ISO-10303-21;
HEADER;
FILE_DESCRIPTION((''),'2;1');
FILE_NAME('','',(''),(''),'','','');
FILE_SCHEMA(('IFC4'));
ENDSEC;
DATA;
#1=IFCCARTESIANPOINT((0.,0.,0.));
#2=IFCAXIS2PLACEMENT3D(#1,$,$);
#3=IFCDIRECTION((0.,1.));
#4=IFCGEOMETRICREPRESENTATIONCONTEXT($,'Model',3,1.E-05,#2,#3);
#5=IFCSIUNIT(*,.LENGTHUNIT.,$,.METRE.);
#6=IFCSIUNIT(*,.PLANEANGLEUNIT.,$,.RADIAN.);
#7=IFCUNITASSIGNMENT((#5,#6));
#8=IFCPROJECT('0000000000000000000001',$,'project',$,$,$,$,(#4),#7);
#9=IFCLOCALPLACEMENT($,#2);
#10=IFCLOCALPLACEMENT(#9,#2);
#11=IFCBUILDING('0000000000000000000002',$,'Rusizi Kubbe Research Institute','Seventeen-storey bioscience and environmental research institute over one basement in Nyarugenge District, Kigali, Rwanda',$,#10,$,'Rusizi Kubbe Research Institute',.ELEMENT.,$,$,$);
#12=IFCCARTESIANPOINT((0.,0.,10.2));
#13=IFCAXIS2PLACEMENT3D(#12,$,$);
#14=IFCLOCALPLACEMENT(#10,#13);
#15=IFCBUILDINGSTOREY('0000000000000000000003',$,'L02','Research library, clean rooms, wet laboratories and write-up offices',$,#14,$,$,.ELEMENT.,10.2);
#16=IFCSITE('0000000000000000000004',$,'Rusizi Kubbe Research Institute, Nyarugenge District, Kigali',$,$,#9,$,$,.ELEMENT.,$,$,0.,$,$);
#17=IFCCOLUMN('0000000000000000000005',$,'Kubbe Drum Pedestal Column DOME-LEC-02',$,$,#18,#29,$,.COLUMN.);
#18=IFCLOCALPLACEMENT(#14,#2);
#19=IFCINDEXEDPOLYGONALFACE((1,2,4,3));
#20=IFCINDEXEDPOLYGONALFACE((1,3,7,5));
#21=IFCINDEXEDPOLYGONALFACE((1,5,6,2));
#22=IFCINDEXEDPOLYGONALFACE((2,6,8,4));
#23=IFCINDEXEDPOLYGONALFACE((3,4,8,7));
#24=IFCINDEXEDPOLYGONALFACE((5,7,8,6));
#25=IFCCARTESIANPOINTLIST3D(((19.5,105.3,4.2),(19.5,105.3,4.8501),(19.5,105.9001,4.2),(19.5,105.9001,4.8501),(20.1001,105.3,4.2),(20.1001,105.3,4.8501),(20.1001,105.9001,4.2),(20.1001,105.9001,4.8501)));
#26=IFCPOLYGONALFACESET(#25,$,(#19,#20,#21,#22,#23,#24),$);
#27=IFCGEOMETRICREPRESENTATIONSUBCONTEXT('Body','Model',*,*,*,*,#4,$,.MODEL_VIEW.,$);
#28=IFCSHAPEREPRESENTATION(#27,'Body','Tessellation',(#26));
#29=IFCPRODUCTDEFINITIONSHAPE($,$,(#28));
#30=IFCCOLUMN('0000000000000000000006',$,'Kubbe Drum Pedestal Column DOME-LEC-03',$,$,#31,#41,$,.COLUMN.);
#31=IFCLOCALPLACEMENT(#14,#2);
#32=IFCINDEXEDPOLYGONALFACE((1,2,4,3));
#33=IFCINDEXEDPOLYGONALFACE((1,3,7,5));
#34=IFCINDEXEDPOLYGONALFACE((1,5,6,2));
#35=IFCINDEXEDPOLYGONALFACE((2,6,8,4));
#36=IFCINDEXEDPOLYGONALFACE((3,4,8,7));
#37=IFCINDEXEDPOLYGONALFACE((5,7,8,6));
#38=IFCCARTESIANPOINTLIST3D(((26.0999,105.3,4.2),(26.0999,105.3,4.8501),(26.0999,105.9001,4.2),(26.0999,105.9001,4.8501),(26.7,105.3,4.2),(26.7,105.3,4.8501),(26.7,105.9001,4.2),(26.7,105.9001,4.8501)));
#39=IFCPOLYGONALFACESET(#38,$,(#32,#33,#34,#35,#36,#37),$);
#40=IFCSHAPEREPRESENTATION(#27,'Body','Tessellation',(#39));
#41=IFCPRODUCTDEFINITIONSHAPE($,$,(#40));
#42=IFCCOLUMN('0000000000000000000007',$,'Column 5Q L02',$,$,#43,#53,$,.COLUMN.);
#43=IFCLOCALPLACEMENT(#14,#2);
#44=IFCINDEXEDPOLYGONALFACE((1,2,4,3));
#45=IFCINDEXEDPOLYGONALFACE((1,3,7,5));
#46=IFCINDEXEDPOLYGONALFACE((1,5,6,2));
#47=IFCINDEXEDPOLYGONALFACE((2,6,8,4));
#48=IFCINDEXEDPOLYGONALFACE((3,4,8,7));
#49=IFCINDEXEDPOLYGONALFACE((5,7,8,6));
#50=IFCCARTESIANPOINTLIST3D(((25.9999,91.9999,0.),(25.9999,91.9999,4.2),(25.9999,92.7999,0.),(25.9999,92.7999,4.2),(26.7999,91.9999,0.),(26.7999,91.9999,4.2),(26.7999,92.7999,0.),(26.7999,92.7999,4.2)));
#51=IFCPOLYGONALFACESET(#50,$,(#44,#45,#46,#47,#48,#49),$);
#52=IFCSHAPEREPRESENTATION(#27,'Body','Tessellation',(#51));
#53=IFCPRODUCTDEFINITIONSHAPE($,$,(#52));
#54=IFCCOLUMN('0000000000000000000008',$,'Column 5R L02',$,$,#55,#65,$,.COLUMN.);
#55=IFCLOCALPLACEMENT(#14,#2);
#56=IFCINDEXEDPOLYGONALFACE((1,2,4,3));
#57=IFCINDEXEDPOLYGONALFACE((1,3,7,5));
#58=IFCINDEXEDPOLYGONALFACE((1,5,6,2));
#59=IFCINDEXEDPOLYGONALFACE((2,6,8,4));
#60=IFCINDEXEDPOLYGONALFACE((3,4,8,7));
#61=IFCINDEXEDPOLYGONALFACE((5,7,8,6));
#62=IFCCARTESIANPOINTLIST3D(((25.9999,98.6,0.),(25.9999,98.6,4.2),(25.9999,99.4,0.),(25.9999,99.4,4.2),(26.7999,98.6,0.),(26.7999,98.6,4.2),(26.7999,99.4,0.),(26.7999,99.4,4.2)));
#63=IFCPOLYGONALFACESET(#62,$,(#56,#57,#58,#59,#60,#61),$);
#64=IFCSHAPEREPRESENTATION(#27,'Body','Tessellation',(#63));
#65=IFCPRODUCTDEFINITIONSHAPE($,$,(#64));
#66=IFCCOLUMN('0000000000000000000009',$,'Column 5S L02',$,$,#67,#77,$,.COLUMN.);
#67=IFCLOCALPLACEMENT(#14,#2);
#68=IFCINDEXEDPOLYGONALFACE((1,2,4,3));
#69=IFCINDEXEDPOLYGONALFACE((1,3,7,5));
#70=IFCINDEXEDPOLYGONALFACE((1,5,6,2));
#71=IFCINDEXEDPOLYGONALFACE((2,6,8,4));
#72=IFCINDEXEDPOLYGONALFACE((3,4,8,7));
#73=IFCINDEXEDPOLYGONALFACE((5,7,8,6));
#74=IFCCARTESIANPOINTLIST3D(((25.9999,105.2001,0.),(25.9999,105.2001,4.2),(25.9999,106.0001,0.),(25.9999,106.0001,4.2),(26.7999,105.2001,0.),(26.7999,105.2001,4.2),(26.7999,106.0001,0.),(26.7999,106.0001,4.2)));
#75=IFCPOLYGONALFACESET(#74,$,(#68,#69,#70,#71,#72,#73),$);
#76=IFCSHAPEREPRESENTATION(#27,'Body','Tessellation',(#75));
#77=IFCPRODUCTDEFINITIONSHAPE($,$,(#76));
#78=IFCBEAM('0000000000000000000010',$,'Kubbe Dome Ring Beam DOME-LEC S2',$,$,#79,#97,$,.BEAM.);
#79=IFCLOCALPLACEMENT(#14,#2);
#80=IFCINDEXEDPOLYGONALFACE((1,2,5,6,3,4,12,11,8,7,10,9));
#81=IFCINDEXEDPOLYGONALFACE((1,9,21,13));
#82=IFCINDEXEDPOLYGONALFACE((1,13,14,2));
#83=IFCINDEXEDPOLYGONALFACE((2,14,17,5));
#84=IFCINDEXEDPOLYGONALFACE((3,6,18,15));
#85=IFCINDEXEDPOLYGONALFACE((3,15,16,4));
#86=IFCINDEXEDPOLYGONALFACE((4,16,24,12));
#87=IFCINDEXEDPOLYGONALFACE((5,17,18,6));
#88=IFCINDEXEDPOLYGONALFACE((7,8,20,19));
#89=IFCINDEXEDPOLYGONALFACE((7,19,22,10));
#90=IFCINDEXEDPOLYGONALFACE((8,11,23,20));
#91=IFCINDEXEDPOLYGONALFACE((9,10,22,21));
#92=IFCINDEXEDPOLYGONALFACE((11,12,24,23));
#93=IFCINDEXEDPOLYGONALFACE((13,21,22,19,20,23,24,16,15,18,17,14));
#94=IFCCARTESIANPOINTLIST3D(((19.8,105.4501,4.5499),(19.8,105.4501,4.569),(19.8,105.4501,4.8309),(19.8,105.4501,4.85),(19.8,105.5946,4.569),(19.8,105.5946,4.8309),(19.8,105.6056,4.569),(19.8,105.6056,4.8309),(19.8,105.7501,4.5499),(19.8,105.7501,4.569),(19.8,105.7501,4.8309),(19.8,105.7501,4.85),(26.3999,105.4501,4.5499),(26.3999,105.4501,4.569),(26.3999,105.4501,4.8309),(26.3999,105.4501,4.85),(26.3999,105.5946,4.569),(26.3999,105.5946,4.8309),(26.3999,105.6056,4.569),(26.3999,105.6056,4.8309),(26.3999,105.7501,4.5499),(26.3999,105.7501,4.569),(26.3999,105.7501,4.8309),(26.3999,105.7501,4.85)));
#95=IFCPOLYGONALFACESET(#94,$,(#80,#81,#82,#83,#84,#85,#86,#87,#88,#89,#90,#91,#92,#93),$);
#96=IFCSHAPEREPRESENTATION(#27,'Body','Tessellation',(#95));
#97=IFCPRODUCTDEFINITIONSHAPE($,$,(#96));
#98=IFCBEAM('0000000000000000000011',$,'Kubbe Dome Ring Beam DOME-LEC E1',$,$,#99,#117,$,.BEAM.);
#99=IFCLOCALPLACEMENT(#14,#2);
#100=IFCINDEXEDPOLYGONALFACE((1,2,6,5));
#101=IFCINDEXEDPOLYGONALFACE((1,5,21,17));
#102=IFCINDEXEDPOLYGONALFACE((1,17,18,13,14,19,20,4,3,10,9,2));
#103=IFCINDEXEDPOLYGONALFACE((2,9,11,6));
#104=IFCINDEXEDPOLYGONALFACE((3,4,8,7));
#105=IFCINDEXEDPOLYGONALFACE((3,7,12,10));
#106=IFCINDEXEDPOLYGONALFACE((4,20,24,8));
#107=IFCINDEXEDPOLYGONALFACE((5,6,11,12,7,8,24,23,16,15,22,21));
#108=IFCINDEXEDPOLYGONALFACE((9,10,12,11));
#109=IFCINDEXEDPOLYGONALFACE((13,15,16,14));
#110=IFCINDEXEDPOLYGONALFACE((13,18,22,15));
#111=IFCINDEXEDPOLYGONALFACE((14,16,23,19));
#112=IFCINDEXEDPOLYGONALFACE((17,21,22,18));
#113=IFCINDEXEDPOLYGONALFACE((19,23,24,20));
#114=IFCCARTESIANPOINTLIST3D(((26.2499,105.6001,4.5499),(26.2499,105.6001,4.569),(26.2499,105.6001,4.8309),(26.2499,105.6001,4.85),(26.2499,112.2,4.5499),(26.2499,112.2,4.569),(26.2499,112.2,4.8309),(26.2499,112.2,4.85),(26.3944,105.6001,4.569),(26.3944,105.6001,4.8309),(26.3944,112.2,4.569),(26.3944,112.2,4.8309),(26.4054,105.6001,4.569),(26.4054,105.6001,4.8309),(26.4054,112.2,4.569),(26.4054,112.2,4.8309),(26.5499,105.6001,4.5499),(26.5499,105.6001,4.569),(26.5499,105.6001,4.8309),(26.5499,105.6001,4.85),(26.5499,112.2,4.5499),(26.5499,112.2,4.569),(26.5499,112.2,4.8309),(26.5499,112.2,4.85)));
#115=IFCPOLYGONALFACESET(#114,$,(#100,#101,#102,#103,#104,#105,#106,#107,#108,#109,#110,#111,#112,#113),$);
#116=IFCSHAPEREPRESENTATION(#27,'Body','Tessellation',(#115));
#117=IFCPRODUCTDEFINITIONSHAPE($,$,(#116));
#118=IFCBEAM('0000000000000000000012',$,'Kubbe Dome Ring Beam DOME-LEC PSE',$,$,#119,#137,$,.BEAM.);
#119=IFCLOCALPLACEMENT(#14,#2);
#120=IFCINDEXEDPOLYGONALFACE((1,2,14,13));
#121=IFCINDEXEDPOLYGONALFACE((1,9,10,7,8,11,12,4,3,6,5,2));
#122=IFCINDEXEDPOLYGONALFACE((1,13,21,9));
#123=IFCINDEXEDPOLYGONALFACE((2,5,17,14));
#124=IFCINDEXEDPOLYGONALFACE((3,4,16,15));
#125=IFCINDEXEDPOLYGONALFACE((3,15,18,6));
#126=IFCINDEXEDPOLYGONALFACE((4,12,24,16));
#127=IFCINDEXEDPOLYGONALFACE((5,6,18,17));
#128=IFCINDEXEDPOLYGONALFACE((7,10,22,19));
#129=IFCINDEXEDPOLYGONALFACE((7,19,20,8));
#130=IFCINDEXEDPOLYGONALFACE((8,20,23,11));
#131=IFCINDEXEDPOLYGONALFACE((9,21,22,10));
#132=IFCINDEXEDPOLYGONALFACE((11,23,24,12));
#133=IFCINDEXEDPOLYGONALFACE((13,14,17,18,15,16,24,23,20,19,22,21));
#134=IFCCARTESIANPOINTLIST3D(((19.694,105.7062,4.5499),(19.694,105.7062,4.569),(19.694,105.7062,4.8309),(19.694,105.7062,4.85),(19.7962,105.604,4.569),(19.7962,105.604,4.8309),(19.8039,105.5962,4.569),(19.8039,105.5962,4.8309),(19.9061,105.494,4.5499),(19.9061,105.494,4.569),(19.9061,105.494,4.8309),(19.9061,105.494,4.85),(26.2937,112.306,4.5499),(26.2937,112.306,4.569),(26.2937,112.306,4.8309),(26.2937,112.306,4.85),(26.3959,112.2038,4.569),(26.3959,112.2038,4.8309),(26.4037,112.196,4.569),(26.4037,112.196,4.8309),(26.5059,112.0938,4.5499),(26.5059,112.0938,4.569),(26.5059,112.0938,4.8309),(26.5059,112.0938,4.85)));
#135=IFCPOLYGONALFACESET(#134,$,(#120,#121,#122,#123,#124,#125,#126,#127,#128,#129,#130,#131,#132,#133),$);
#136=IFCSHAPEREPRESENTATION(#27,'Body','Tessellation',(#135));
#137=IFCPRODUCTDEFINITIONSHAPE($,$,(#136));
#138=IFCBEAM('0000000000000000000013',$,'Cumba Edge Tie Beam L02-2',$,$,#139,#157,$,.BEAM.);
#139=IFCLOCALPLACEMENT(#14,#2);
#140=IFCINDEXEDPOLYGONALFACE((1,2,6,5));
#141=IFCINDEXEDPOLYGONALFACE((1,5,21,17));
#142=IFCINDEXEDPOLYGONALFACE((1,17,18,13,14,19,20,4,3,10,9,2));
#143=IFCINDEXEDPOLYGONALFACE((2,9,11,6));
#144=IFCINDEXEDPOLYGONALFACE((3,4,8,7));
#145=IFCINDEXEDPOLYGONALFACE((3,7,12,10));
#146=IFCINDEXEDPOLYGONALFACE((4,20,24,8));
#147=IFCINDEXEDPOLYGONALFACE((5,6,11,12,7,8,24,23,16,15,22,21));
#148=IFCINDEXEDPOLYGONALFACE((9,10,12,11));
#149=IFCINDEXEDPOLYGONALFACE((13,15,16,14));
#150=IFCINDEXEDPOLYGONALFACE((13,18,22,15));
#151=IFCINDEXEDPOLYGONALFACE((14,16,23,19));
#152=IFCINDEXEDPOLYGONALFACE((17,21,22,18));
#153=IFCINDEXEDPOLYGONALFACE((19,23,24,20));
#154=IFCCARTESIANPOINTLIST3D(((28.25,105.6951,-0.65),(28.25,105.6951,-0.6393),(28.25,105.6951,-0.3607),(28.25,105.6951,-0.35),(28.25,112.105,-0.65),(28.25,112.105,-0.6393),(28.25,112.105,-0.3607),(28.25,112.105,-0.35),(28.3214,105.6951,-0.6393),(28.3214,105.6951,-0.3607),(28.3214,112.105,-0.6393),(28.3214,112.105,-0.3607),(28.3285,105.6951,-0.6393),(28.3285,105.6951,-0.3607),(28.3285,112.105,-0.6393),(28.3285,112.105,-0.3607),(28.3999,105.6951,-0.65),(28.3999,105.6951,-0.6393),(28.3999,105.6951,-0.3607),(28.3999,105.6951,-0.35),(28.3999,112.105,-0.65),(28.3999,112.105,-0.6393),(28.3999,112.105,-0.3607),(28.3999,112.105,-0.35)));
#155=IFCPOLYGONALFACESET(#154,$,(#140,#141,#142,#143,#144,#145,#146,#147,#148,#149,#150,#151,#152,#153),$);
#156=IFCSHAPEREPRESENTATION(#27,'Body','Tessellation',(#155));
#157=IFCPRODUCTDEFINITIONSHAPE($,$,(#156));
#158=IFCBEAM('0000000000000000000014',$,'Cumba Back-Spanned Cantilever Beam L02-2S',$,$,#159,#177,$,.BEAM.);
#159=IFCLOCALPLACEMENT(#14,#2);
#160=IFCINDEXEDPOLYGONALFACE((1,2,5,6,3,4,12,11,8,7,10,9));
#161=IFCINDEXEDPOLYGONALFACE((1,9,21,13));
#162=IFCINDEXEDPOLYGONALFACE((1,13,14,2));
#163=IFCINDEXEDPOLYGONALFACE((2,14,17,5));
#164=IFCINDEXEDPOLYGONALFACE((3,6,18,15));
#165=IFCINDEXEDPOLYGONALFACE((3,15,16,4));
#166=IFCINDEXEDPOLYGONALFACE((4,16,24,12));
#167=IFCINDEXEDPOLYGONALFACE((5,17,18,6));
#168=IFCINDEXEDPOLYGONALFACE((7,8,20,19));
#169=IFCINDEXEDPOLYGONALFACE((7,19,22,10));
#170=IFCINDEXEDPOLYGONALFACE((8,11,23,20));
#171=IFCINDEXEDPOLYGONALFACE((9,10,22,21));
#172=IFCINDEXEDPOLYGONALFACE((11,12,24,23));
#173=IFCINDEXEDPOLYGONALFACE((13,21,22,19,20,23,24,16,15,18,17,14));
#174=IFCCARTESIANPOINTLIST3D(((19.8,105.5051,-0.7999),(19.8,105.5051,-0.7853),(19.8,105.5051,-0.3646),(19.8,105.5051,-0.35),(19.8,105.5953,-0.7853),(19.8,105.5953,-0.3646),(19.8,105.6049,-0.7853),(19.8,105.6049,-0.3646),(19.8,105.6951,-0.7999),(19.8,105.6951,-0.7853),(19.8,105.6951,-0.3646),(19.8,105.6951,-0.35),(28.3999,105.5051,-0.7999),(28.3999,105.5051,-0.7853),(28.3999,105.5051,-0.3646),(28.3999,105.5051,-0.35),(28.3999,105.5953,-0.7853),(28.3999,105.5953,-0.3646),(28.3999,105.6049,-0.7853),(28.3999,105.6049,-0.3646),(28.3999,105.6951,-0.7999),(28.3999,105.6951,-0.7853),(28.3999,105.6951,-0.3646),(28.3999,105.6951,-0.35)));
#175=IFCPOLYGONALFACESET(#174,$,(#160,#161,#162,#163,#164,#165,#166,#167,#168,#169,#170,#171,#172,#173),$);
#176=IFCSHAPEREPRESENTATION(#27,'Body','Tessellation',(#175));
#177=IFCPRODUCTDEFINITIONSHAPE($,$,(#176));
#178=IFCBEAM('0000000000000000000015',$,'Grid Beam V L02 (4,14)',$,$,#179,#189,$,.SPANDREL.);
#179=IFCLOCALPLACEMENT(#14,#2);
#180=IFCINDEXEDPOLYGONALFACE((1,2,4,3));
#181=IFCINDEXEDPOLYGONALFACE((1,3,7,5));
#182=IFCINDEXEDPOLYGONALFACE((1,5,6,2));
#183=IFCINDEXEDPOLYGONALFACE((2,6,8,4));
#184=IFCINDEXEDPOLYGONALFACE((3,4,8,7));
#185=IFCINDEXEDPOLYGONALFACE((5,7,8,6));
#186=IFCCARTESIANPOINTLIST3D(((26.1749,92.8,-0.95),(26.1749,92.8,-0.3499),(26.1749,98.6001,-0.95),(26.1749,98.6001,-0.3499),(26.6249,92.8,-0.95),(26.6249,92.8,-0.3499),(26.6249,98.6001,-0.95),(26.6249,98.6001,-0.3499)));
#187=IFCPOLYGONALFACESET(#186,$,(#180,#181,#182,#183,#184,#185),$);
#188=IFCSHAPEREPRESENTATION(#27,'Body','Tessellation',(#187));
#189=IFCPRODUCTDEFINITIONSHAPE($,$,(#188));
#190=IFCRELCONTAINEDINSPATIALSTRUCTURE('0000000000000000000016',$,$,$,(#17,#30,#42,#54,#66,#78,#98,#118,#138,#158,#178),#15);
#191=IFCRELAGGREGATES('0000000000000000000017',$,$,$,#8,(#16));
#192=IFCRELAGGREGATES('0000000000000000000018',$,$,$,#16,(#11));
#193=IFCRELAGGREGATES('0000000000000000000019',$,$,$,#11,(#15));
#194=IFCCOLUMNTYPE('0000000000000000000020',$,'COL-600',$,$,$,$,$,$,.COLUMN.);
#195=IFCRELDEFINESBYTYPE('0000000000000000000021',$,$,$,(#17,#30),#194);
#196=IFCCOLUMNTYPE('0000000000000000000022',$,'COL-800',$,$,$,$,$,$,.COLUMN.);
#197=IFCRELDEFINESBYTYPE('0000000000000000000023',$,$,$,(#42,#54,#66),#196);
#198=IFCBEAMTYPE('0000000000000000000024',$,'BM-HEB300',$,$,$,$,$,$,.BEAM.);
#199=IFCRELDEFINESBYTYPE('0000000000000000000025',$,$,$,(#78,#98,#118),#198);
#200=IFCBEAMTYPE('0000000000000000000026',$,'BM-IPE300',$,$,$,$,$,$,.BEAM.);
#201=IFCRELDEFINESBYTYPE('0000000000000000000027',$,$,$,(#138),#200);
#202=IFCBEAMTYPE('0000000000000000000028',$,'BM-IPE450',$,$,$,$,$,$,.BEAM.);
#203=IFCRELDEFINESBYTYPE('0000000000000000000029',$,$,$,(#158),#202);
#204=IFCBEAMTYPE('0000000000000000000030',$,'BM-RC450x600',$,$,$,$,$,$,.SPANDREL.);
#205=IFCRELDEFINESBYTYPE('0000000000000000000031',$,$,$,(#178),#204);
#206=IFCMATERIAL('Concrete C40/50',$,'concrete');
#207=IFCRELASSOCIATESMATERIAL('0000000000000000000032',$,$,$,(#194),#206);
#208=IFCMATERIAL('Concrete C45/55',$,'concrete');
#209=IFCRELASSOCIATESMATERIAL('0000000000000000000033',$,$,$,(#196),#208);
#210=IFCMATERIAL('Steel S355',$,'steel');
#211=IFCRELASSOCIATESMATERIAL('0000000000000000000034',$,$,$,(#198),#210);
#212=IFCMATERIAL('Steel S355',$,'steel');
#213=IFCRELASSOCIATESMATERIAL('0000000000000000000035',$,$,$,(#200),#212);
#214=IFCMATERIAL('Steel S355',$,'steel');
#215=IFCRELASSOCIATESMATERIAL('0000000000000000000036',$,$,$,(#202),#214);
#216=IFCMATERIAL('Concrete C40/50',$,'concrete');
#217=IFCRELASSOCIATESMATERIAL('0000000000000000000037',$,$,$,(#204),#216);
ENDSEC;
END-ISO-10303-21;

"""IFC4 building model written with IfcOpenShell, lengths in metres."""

from ifc_helpers import new_model, si_unit, direction, frame, origin, origin_2d, place, context, subcontext, project, spatial, rectangle, i_section, extrude, material, material_profile, profile_set, type_object, element, save


model = new_model("IFC4")

# Units and contexts
model_context = context("Model", 3, precision=1e-05, world=origin(), true_north=direction((0.0, 1.0)))
body_context = subcontext(model_context, "Body", "Model", "MODEL_VIEW")
ifc_project = project(units=[si_unit("LENGTHUNIT", "METRE"), si_unit("PLANEANGLEUNIT", "RADIAN")], contexts=[model_context])

# Site, building, storey
site_placement = place(None, origin())
site = spatial("IfcSite", under=ifc_project, at=site_placement, Name="Rusizi Kubbe Research Institute, Nyarugenge District, Kigali", CompositionType="ELEMENT", RefElevation=0.0)
building_placement = place(site_placement, origin())
building = spatial("IfcBuilding", under=site, at=building_placement, Name="Rusizi Kubbe Research Institute", Description="Seventeen-storey bioscience and environmental research institute over one basement in Nyarugenge District, Kigali, Rwanda", LongName="Rusizi Kubbe Research Institute", CompositionType="ELEMENT")
storey_placement = place(building_placement, frame((0.0, 0.0, 10.2)))
storey = spatial("IfcBuildingStorey", under=building, at=storey_placement, Name="L02", Description="Research library, clean rooms, wet laboratories and write-up offices", CompositionType="ELEMENT", Elevation=10.2)

# Columns
ifc_material_1 = material(Name="Concrete C40/50", Category="concrete")
ifc_material_profile_1 = material_profile(ifc_material_1, rectangle(XDim=0.6001, YDim=0.6001, at=origin_2d()), Name="RC600x600")
ifc_profile_set_1 = profile_set([ifc_material_profile_1], Name="Concrete C40/50")
column_type_1 = type_object("IfcColumnType", Name="COL-600", PredefinedType="COLUMN", material=ifc_profile_set_1)
for number, where, z_axis, x_axis, name in (
    (1, (19.8, 105.6001, 4.2), (0.0, 0.0, 1.0), (1.0, 0.0, 0.0), "Kubbe Drum Pedestal Column DOME-LEC-02"),
    (2, (26.3999, 105.6001, 4.2), (0.0, 0.0, 1.0), (1.0, 0.0, 0.0), "Kubbe Drum Pedestal Column DOME-LEC-03"),
):
    element("IfcColumn", number, at=place(storey_placement, frame(where, z_axis=z_axis, x_axis=x_axis)), inside=storey, type_object=column_type_1, Name=name, PredefinedType="COLUMN", context=body_context, shape_type="SweptSolid", body=[
        extrude(rectangle(XDim=0.6001, YDim=0.6001, at=origin_2d()), origin(), (0.0, 0.0, 1.0), 0.6501),
    ])
ifc_material_2 = material(Name="Concrete C45/55", Category="concrete")
ifc_material_profile_2 = material_profile(ifc_material_2, rectangle(XDim=0.8, YDim=0.8, at=origin_2d()), Name="RC800x800")
ifc_profile_set_2 = profile_set([ifc_material_profile_2], Name="Concrete C45/55")
column_type_2 = type_object("IfcColumnType", Name="COL-800", PredefinedType="COLUMN", material=ifc_profile_set_2)
for number, where, z_axis, x_axis, name in (
    (3, (26.3999, 92.3999, 0.0), (0.0, 0.0, 1.0), (1.0, 0.0, 0.0), "Column 5Q L02"),
    (4, (26.3999, 99.0, 0.0), (0.0, 0.0, 1.0), (1.0, 0.0, 0.0), "Column 5R L02"),
    (5, (26.3999, 105.6001, 0.0), (0.0, 0.0, 1.0), (1.0, 0.0, 0.0), "Column 5S L02"),
):
    element("IfcColumn", number, at=place(storey_placement, frame(where, z_axis=z_axis, x_axis=x_axis)), inside=storey, type_object=column_type_2, Name=name, PredefinedType="COLUMN", context=body_context, shape_type="SweptSolid", body=[
        extrude(rectangle(XDim=0.8, YDim=0.8, at=origin_2d()), origin(), (0.0, 0.0, 1.0), 4.2),
    ])

# Beams
ifc_material_3 = material(Name="Steel S355", Category="steel")
ifc_material_profile_3 = material_profile(ifc_material_3, i_section(OverallWidth=0.3, OverallDepth=0.3, WebThickness=0.011, FlangeThickness=0.019, at=origin_2d()), Name="HEB 300")
ifc_profile_set_3 = profile_set([ifc_material_profile_3], Name="Steel S355")
beam_type_1 = type_object("IfcBeamType", Name="BM-HEB300", PredefinedType="BEAM", material=ifc_profile_set_3)
for number, where, z_axis, x_axis, name in (
    (6, (19.8, 105.6001, 4.7), (1.0, 0.0, 0.0), (0.0, 1.0, 0.0), "Kubbe Dome Ring Beam DOME-LEC S2"),
    (7, (26.3999, 105.6001, 4.7), (0.0, 1.0, 0.0), (-1.0, 0.0, 0.0), "Kubbe Dome Ring Beam DOME-LEC E1"),
):
    element("IfcBeam", number, at=place(storey_placement, frame(where, z_axis=z_axis, x_axis=x_axis)), inside=storey, type_object=beam_type_1, Name=name, PredefinedType="BEAM", context=body_context, shape_type="SweptSolid", body=[
        extrude(i_section(OverallWidth=0.3, OverallDepth=0.3, WebThickness=0.011, FlangeThickness=0.019, at=origin_2d()), origin(), (0.0, 0.0, 1.0), 6.5999),
    ])
beam_1_placement = place(storey_placement, frame((19.8, 105.6001, 4.7), z_axis=(0.707107, 0.707107, 0.0), x_axis=(-0.707107, 0.707107, 0.0)))
element("IfcBeam", 8, at=beam_1_placement, inside=storey, type_object=beam_type_1, Name="Kubbe Dome Ring Beam DOME-LEC PSE", PredefinedType="BEAM", context=body_context, shape_type="SweptSolid", body=[
    extrude(i_section(OverallWidth=0.3, OverallDepth=0.3, WebThickness=0.011, FlangeThickness=0.019, at=origin_2d()), origin(), (0.0, 0.0, 1.0), 9.3335),
])
ifc_material_4 = material(Name="Steel S355", Category="steel")
ifc_material_profile_4 = material_profile(ifc_material_4, i_section(OverallWidth=0.1499, OverallDepth=0.3, WebThickness=0.0071, FlangeThickness=0.0107, at=origin_2d()), Name="IPE 300")
ifc_profile_set_4 = profile_set([ifc_material_profile_4], Name="Steel S355")
beam_type_2 = type_object("IfcBeamType", Name="BM-IPE300", PredefinedType="BEAM", material=ifc_profile_set_4)
beam_2_placement = place(storey_placement, frame((28.325, 105.6951, -0.5), z_axis=(0.0, 1.0, 0.0), x_axis=(-1.0, 0.0, 0.0)))
element("IfcBeam", 9, at=beam_2_placement, inside=storey, type_object=beam_type_2, Name="Cumba Edge Tie Beam L02-2", PredefinedType="BEAM", context=body_context, shape_type="SweptSolid", body=[
    extrude(i_section(OverallWidth=0.1499, OverallDepth=0.3, WebThickness=0.0071, FlangeThickness=0.0107, at=origin_2d()), origin(), (0.0, 0.0, 1.0), 6.4099),
])
ifc_material_5 = material(Name="Steel S355", Category="steel")
ifc_material_profile_5 = material_profile(ifc_material_5, i_section(OverallWidth=0.1899, OverallDepth=0.45, WebThickness=0.0095, FlangeThickness=0.0146, at=origin_2d()), Name="IPE 450")
ifc_profile_set_5 = profile_set([ifc_material_profile_5], Name="Steel S355")
beam_type_3 = type_object("IfcBeamType", Name="BM-IPE450", PredefinedType="BEAM", material=ifc_profile_set_5)
beam_3_placement = place(storey_placement, frame((19.8, 105.6001, -0.575), z_axis=(1.0, 0.0, 0.0), x_axis=(0.0, 1.0, 0.0)))
element("IfcBeam", 10, at=beam_3_placement, inside=storey, type_object=beam_type_3, Name="Cumba Back-Spanned Cantilever Beam L02-2S", PredefinedType="BEAM", context=body_context, shape_type="SweptSolid", body=[
    extrude(i_section(OverallWidth=0.1899, OverallDepth=0.45, WebThickness=0.0095, FlangeThickness=0.0146, at=origin_2d()), origin(), (0.0, 0.0, 1.0), 8.5999),
])
ifc_material_6 = material(Name="Concrete C40/50", Category="concrete")
ifc_material_profile_6 = material_profile(ifc_material_6, rectangle(XDim=0.45, YDim=0.6001, at=origin_2d()), Name="RC450x600")
ifc_profile_set_6 = profile_set([ifc_material_profile_6], Name="Concrete C40/50")
beam_type_4 = type_object("IfcBeamType", Name="BM-RC450x600", PredefinedType="SPANDREL", material=ifc_profile_set_6)
for number, where, z_axis, x_axis, name in (
    (11, (26.3999, 92.8, -0.6499), (0.0, 1.0, 0.0), (-1.0, 0.0, 0.0), "Grid Beam V L02 (4,14)"),
):
    element("IfcBeam", number, at=place(storey_placement, frame(where, z_axis=z_axis, x_axis=x_axis)), inside=storey, type_object=beam_type_4, Name=name, PredefinedType="SPANDREL", context=body_context, shape_type="SweptSolid", body=[
        extrude(rectangle(XDim=0.45, YDim=0.6001, at=origin_2d()), origin(), (0.0, 0.0, 1.0), 5.8),
    ])

save(model, "model.ifc")
